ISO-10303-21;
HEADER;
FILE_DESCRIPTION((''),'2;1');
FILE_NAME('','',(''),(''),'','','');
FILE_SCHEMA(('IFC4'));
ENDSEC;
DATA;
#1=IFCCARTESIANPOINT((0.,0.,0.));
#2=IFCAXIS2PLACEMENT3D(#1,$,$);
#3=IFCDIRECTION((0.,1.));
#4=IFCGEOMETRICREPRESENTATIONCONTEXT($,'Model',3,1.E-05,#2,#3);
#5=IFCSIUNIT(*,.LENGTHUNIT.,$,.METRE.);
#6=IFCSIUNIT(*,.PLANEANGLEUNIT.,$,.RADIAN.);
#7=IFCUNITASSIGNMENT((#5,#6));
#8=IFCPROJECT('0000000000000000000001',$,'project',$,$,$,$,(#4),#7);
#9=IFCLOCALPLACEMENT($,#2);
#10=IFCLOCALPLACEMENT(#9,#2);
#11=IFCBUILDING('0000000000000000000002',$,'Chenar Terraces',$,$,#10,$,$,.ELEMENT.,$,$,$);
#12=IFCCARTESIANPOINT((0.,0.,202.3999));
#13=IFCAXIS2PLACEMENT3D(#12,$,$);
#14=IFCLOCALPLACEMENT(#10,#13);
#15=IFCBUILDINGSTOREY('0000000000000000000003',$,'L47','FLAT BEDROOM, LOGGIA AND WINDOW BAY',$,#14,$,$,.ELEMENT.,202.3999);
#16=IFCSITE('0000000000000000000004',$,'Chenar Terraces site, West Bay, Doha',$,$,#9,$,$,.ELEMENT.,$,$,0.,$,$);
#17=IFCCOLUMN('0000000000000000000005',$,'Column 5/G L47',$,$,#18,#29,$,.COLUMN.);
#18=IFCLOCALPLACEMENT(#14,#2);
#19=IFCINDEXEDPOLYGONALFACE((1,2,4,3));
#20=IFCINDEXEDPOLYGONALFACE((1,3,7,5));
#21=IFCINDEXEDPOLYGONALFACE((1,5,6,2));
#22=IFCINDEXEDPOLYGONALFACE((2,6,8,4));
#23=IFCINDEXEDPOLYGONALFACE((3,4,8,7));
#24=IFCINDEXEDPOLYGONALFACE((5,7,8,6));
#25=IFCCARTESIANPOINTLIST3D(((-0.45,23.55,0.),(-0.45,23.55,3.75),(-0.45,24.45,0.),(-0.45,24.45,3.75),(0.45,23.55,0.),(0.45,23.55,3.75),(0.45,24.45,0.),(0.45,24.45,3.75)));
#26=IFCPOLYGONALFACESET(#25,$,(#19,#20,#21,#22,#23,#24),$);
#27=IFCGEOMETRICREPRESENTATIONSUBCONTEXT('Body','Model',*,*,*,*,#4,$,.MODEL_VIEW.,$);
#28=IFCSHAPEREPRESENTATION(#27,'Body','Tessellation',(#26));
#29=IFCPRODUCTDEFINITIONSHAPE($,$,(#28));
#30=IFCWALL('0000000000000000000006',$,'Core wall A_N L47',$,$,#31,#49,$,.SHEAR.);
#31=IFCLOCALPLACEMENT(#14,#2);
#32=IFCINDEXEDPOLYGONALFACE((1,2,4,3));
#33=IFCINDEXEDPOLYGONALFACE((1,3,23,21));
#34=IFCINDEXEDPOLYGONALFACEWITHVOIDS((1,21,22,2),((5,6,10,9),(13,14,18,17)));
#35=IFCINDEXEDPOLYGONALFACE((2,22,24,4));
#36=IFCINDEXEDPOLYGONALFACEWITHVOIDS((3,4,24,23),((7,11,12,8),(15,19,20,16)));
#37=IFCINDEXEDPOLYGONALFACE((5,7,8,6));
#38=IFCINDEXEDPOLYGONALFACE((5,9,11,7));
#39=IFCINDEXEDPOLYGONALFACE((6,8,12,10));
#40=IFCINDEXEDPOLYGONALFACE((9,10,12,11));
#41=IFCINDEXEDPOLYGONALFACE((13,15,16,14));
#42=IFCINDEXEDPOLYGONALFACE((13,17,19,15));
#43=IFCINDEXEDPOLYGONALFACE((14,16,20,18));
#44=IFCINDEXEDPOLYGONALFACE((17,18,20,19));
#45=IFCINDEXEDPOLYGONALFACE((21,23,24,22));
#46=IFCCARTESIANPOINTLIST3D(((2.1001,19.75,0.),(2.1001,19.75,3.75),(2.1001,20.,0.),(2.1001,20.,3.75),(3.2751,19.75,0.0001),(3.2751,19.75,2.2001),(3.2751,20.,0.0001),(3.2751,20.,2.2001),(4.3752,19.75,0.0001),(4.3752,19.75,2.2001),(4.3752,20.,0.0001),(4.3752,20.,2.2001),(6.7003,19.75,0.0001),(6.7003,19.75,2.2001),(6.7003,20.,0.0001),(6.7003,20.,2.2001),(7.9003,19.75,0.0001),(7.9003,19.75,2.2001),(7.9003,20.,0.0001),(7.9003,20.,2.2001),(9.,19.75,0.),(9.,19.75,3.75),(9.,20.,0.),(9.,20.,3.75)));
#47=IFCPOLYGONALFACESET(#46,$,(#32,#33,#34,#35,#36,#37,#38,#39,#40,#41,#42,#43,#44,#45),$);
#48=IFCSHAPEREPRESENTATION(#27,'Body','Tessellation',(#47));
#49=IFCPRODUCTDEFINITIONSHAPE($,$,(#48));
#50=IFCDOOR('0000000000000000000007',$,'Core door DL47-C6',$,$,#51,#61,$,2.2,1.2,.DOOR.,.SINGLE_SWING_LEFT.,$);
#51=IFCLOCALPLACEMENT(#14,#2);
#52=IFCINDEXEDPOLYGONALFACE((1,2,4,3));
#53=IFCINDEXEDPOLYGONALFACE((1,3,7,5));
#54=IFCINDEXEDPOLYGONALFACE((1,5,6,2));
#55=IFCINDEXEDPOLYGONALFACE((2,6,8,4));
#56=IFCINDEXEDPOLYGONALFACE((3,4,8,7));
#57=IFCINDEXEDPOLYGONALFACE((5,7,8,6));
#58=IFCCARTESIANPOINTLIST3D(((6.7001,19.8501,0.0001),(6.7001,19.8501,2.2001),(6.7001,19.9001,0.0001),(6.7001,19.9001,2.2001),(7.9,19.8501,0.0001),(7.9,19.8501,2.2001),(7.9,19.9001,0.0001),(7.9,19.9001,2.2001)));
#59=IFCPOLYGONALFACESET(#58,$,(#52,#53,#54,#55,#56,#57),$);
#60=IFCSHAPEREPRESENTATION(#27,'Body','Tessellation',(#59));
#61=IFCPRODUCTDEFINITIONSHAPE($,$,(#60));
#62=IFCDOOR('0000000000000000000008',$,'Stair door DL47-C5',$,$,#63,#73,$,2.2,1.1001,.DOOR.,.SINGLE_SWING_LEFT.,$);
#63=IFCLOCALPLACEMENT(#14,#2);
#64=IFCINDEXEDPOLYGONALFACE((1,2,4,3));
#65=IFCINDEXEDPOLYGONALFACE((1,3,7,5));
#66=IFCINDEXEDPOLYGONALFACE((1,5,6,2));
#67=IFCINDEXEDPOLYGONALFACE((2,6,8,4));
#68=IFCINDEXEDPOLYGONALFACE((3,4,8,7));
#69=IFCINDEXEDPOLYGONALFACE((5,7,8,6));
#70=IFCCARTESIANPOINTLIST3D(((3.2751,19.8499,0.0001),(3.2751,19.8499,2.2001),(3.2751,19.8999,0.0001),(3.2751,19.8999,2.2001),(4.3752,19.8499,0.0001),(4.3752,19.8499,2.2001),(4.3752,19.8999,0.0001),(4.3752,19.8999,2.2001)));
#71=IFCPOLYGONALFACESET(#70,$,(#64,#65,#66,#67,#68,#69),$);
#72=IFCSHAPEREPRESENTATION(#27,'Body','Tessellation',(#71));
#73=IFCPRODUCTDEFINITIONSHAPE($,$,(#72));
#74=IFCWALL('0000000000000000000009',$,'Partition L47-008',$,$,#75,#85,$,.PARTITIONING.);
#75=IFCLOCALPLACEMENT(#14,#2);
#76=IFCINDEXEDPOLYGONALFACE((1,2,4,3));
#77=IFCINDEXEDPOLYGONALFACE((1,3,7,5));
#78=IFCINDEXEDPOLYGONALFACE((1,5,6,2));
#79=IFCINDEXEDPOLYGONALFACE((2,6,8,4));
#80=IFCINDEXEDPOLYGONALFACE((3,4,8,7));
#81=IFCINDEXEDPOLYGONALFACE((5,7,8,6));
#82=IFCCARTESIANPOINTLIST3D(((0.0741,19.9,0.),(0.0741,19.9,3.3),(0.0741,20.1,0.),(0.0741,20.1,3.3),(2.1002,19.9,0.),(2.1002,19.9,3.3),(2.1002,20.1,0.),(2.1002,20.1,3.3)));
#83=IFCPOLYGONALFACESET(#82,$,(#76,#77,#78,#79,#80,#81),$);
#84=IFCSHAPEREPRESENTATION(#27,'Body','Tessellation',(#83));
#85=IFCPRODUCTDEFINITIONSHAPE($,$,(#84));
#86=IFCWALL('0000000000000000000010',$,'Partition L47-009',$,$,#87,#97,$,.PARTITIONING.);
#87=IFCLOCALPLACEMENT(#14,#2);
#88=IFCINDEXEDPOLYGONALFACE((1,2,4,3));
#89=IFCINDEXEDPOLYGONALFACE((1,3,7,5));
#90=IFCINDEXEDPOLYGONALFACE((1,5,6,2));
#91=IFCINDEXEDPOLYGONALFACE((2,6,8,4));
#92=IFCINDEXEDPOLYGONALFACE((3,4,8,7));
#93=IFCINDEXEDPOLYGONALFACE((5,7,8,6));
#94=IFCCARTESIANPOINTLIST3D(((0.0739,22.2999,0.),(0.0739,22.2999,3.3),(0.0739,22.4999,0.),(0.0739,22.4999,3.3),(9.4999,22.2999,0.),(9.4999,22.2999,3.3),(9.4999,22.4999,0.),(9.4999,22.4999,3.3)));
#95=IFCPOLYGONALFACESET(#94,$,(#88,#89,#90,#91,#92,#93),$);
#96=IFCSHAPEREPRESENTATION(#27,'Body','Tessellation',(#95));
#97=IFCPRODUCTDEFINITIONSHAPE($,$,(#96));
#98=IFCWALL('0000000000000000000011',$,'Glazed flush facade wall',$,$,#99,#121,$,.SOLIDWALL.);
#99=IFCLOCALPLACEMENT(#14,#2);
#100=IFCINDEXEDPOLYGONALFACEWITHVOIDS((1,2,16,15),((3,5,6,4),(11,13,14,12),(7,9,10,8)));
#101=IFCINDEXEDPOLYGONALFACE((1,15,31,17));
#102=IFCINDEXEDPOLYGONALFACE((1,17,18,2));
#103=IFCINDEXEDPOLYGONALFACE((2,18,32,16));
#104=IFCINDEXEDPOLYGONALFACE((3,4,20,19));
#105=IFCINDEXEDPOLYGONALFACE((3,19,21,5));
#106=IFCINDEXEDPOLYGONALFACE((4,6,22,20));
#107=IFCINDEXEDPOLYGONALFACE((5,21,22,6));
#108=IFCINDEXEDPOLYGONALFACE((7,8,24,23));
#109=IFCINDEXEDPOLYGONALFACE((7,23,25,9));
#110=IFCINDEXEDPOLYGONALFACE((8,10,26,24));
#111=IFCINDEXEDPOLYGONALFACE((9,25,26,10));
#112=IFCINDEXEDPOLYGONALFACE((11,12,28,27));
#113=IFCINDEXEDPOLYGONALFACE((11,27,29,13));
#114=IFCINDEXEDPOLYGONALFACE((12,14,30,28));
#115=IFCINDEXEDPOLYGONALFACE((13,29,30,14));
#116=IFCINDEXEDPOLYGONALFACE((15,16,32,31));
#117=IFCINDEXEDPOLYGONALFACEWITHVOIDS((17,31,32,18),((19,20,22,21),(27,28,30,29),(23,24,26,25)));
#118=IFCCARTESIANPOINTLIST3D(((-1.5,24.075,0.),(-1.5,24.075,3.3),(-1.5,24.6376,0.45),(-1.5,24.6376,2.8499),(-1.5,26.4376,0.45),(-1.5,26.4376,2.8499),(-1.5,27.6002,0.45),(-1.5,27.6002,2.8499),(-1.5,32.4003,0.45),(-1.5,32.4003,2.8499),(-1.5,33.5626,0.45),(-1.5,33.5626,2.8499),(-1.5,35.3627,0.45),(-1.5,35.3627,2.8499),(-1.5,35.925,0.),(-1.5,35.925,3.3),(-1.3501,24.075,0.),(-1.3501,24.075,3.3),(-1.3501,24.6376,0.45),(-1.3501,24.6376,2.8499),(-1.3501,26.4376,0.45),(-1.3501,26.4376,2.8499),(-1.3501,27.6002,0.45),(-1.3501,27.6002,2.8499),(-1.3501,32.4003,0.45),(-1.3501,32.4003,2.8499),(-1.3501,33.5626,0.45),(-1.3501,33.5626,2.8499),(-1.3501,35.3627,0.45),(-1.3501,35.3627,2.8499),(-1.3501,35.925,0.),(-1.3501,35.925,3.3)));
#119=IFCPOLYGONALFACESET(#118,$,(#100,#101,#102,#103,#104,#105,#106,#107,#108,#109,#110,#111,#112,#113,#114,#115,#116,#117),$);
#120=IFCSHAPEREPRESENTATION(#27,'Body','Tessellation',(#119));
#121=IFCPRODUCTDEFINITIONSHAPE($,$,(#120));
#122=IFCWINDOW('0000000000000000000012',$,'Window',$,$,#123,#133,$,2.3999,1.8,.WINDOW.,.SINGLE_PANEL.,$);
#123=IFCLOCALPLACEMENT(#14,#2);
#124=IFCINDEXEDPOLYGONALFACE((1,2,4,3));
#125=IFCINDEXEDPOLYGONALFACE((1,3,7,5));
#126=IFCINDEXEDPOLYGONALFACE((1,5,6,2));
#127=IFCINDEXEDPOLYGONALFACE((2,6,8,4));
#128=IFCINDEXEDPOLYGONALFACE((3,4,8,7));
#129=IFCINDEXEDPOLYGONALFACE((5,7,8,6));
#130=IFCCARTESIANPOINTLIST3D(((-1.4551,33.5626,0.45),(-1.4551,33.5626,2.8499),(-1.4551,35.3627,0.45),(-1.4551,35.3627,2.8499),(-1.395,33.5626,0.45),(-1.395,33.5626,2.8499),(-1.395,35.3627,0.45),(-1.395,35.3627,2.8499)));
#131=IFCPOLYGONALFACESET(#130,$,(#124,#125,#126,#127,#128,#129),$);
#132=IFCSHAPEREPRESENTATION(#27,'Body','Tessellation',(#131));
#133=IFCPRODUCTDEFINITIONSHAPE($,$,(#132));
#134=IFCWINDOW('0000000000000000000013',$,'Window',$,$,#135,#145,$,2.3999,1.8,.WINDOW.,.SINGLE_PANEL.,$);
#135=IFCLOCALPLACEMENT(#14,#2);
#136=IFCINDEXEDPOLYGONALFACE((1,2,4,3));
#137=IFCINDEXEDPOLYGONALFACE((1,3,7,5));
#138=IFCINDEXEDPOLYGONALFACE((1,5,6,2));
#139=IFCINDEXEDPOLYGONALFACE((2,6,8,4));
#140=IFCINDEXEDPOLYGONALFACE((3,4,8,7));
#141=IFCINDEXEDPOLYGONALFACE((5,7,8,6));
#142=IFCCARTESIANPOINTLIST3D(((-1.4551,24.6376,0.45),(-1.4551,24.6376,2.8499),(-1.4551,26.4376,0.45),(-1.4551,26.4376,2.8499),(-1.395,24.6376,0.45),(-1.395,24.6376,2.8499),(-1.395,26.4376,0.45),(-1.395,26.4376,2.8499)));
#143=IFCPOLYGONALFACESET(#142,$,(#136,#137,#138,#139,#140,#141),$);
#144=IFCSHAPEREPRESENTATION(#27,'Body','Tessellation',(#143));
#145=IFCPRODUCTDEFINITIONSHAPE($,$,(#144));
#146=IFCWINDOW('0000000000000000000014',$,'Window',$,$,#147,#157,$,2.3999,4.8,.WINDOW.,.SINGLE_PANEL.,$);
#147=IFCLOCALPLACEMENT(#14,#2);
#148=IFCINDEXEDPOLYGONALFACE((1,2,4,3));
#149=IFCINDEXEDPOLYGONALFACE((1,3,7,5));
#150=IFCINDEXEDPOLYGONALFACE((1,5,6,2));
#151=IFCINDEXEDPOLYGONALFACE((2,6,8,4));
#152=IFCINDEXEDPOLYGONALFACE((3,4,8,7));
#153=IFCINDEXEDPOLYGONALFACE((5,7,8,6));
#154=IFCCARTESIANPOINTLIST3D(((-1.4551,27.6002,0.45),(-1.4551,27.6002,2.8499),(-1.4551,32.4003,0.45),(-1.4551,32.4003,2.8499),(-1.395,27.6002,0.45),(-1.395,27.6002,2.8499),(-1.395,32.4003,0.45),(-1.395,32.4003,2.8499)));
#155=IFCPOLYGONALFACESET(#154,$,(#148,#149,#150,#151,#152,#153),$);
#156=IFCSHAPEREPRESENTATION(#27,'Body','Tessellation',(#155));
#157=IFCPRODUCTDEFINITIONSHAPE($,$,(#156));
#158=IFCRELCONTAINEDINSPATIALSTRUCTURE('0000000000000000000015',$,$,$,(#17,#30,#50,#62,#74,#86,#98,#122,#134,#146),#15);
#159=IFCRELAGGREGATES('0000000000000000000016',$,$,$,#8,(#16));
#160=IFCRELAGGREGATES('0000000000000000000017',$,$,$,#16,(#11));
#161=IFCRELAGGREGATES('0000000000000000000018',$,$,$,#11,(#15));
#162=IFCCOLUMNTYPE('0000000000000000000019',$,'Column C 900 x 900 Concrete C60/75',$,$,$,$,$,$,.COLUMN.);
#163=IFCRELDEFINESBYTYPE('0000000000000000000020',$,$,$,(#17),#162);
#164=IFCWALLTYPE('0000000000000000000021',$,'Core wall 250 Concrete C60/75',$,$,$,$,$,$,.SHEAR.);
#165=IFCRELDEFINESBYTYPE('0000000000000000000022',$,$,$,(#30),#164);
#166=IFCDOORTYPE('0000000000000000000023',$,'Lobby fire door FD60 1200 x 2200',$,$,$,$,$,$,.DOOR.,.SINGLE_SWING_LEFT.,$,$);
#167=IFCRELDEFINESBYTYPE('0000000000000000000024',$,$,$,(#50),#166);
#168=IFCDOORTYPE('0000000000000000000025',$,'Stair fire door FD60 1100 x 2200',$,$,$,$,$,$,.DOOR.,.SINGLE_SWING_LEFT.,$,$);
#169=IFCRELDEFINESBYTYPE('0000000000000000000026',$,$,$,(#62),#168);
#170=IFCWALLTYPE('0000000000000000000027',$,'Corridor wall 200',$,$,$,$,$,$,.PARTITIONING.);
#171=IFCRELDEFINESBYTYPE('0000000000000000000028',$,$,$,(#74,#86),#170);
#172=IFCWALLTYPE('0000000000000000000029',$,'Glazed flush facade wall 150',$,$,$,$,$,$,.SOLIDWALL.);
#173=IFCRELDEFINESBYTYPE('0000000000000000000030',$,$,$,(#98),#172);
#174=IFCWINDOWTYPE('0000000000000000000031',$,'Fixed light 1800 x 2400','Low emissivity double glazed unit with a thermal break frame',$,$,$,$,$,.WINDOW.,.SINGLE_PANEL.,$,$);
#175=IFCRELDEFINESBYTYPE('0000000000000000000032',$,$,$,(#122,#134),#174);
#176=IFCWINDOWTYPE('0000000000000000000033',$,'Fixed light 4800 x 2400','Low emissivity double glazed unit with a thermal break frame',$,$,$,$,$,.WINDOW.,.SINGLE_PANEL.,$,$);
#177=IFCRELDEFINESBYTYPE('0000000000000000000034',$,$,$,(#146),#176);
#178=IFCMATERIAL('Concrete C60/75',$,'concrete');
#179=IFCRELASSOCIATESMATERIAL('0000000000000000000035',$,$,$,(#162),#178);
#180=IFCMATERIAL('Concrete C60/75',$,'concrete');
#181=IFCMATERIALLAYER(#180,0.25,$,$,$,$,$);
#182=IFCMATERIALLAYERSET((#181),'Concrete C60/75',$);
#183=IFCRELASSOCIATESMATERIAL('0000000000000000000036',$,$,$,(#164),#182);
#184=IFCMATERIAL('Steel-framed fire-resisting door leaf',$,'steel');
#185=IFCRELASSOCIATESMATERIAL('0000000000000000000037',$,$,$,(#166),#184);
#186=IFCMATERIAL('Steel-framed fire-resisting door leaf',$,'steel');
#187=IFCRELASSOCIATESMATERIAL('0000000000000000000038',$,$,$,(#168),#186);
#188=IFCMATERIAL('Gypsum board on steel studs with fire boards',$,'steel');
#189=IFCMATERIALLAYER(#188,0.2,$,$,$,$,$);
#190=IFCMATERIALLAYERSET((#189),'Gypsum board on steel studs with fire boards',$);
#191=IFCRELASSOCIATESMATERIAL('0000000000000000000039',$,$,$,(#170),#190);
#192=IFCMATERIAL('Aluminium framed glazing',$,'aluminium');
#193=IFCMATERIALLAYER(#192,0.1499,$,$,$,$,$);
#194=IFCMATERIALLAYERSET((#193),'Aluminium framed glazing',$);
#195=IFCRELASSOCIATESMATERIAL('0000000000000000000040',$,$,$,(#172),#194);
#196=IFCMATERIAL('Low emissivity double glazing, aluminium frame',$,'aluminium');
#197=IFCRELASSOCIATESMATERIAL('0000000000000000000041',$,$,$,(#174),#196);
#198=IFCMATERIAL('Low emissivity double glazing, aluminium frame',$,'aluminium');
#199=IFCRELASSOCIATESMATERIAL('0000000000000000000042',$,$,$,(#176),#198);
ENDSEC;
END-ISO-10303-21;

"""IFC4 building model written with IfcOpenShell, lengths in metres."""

from ifc_helpers import new_model, si_unit, direction, frame, frame_2d, origin, origin_2d, place, context, subcontext, project, spatial, rectangle, extrude, material, layer, layer_set, material_profile, profile_set, type_object, element, fill, save


model = new_model("IFC4")

# Units and contexts
model_context = context("Model", 3, precision=1e-05, world=origin(), true_north=direction((0.0, 1.0)))
body_context = subcontext(model_context, "Body", "Model", "MODEL_VIEW")
ifc_project = project(units=[si_unit("LENGTHUNIT", "METRE"), si_unit("PLANEANGLEUNIT", "RADIAN")], contexts=[model_context])

# Site, building, storey
site_placement = place(None, origin())
site = spatial("IfcSite", under=ifc_project, at=site_placement, Name="Chenar Terraces site, West Bay, Doha", CompositionType="ELEMENT", RefElevation=0.0)
building_placement = place(site_placement, origin())
building = spatial("IfcBuilding", under=site, at=building_placement, Name="Chenar Terraces", CompositionType="ELEMENT")
storey_placement = place(building_placement, frame((0.0, 0.0, 202.3999)))
storey = spatial("IfcBuildingStorey", under=building, at=storey_placement, Name="L47", Description="FLAT BEDROOM, LOGGIA AND WINDOW BAY", CompositionType="ELEMENT", Elevation=202.3999)

# Column
ifc_material_1 = material(Name="Concrete C60/75", Category="concrete")
ifc_material_profile = material_profile(ifc_material_1, rectangle(XDim=0.8999, YDim=0.8999, at=origin_2d()), Name="C 900 x 900")
ifc_profile_set = profile_set([ifc_material_profile], Name="Concrete C60/75")
column_type = type_object("IfcColumnType", Name="Column C 900 x 900 Concrete C60/75", PredefinedType="COLUMN", material=ifc_profile_set)
column_placement = place(storey_placement, frame((0.0, 24.0, 0.0), z_axis=(0.0, 0.0, 1.0), x_axis=(1.0, 0.0, 0.0)))
element("IfcColumn", 1, at=column_placement, inside=storey, type_object=column_type, Name="Column 5/G L47", PredefinedType="COLUMN", context=body_context, shape_type="SweptSolid", body=[
    extrude(rectangle(XDim=0.8999, YDim=0.8999, at=origin_2d()), origin(), (0.0, 0.0, 1.0), 3.75),
])

# Wall, openings, doors
ifc_material_2 = material(Name="Concrete C60/75", Category="concrete")
ifc_layer_1 = layer(ifc_material_2, 0.25)
ifc_layer_set_1 = layer_set([ifc_layer_1], Name="Concrete C60/75")
wall_type_1 = type_object("IfcWallType", Name="Core wall 250 Concrete C60/75", PredefinedType="SHEAR", material=ifc_layer_set_1)
wall_1_placement = place(storey_placement, frame((2.1001, 19.875, 0.0), z_axis=(0.0, 0.0, 1.0), x_axis=(1.0, 0.0, 0.0)))
wall_1 = element("IfcWall", 2, at=wall_1_placement, inside=storey, type_object=wall_type_1, Name="Core wall A_N L47", PredefinedType="SHEAR", context=body_context, shape_type="SweptSolid", body=[
    extrude(rectangle(XDim=6.8999, YDim=0.25, at=frame_2d((3.45, 0.0))), origin(), (0.0, 0.0, 1.0), 3.75),
])
opening_1_placement = place(wall_1_placement, frame((1.175, 0.0, 0.0)))
opening_1 = element("IfcOpeningElement", 3, at=opening_1_placement, cuts=wall_1, PredefinedType="OPENING", context=body_context, shape_type="SweptSolid", body=[
    extrude(rectangle(XDim=1.1001, YDim=2.2, at=frame_2d((0.55, 1.1001))), frame((0.0, 0.135, 0.0), z_axis=(0.0, -1.0, 0.0), x_axis=(1.0, 0.0, 0.0)), (0.0, 0.0, 1.0), 0.27),
])
opening_2_placement = place(wall_1_placement, frame((4.6001, 0.0, 0.0)))
opening_2 = element("IfcOpeningElement", 4, at=opening_2_placement, cuts=wall_1, PredefinedType="OPENING", context=body_context, shape_type="SweptSolid", body=[
    extrude(rectangle(XDim=1.2, YDim=2.2, at=frame_2d((0.6001, 1.1001))), frame((0.0, 0.135, 0.0), z_axis=(0.0, -1.0, 0.0), x_axis=(1.0, 0.0, 0.0)), (0.0, 0.0, 1.0), 0.27),
])
ifc_material_3 = material(Name="Steel-framed fire-resisting door leaf", Category="steel")
door_type_1 = type_object("IfcDoorType", Name="Lobby fire door FD60 1200 x 2200", OperationType="SINGLE_SWING_LEFT", PredefinedType="DOOR", material=ifc_material_3)
door_1_placement = place(opening_2_placement, frame((1.2, 0.0, 0.0), z_axis=(0.0, 0.0, 1.0), x_axis=(-1.0, 0.0, 0.0)))
door_1 = element("IfcDoor", 5, at=door_1_placement, inside=storey, type_object=door_type_1, Name="Core door DL47-C6", OperationType="SINGLE_SWING_LEFT", OverallHeight=2.2, OverallWidth=1.2, PredefinedType="DOOR", context=body_context, shape_type="SweptSolid", body=[
    extrude(rectangle(XDim=1.2, YDim=2.2, at=frame_2d((0.6001, 1.1001))), frame((0.0, 0.0249, 0.0), z_axis=(0.0, -1.0, 0.0), x_axis=(1.0, 0.0, 0.0)), (0.0, 0.0, 1.0), 0.05),
])
fill(opening_2, door_1)
ifc_material_4 = material(Name="Steel-framed fire-resisting door leaf", Category="steel")
door_type_2 = type_object("IfcDoorType", Name="Stair fire door FD60 1100 x 2200", OperationType="SINGLE_SWING_LEFT", PredefinedType="DOOR", material=ifc_material_4)
door_2_placement = place(opening_1_placement, origin())
door_2 = element("IfcDoor", 6, at=door_2_placement, inside=storey, type_object=door_type_2, Name="Stair door DL47-C5", OperationType="SINGLE_SWING_LEFT", OverallHeight=2.2, OverallWidth=1.1001, PredefinedType="DOOR", context=body_context, shape_type="SweptSolid", body=[
    extrude(rectangle(XDim=1.1001, YDim=2.2, at=frame_2d((0.55, 1.1001))), frame((0.0, 0.0249, 0.0), z_axis=(0.0, -1.0, 0.0), x_axis=(1.0, 0.0, 0.0)), (0.0, 0.0, 1.0), 0.05),
])
fill(opening_1, door_2)

# Walls
ifc_material_5 = material(Name="Gypsum board on steel studs with fire boards", Category="steel")
ifc_layer_2 = layer(ifc_material_5, 0.2)
ifc_layer_set_2 = layer_set([ifc_layer_2], Name="Gypsum board on steel studs with fire boards")
wall_type_2 = type_object("IfcWallType", Name="Corridor wall 200", PredefinedType="PARTITIONING", material=ifc_layer_set_2)
wall_2_placement = place(storey_placement, frame((0.074, 20.0, 0.0), z_axis=(0.0, 0.0, 1.0), x_axis=(1.0, 0.0, 0.0)))
element("IfcWall", 7, at=wall_2_placement, inside=storey, type_object=wall_type_2, Name="Partition L47-008", PredefinedType="PARTITIONING", context=body_context, shape_type="SweptSolid", body=[
    extrude(rectangle(XDim=2.0261, YDim=0.2, at=frame_2d((1.0132, 0.0))), origin(), (0.0, 0.0, 1.0), 3.3),
])
wall_3_placement = place(storey_placement, frame((0.074, 22.3999, 0.0), z_axis=(0.0, 0.0, 1.0), x_axis=(1.0, 0.0, 0.0)))
element("IfcWall", 8, at=wall_3_placement, inside=storey, type_object=wall_type_2, Name="Partition L47-009", PredefinedType="PARTITIONING", context=body_context, shape_type="SweptSolid", body=[
    extrude(rectangle(XDim=9.426, YDim=0.2, at=frame_2d((4.7129, 0.0))), origin(), (0.0, 0.0, 1.0), 3.3),
])

# Wall, openings, windows
ifc_material_6 = material(Name="Aluminium framed glazing", Category="aluminium")
ifc_layer_3 = layer(ifc_material_6, 0.1499)
ifc_layer_set_3 = layer_set([ifc_layer_3], Name="Aluminium framed glazing")
wall_type_3 = type_object("IfcWallType", Name="Glazed flush facade wall 150", PredefinedType="SOLIDWALL", material=ifc_layer_set_3)
wall_4_placement = place(storey_placement, frame((-1.425, 35.925, 0.0), z_axis=(0.0, 0.0, 1.0), x_axis=(0.0, -1.0, 0.0)))
wall_4 = element("IfcWall", 9, at=wall_4_placement, inside=storey, type_object=wall_type_3, Name="Glazed flush facade wall", PredefinedType="SOLIDWALL", context=body_context, shape_type="SweptSolid", body=[
    extrude(rectangle(XDim=11.8501, YDim=0.1499, at=frame_2d((5.925, 0.0))), origin(), (0.0, 0.0, 1.0), 3.3),
])
opening_3_placement = place(wall_4_placement, frame((0.5625, 0.0, 0.45)))
opening_3 = element("IfcOpeningElement", 10, at=opening_3_placement, cuts=wall_4, PredefinedType="OPENING", context=body_context, shape_type="SweptSolid", body=[
    extrude(rectangle(XDim=1.8, YDim=2.3999, at=frame_2d((0.8999, 1.2))), frame((0.0, 0.085, 0.0), z_axis=(0.0, -1.0, 0.0), x_axis=(1.0, 0.0, 0.0)), (0.0, 0.0, 1.0), 0.1699),
])
opening_4_placement = place(wall_4_placement, frame((3.5249, 0.0, 0.45)))
opening_4 = element("IfcOpeningElement", 11, at=opening_4_placement, cuts=wall_4, PredefinedType="OPENING", context=body_context, shape_type="SweptSolid", body=[
    extrude(rectangle(XDim=4.8, YDim=2.3999, at=frame_2d((2.3999, 1.2))), frame((0.0, 0.085, 0.0), z_axis=(0.0, -1.0, 0.0), x_axis=(1.0, 0.0, 0.0)), (0.0, 0.0, 1.0), 0.1699),
])
opening_5_placement = place(wall_4_placement, frame((9.4875, 0.0, 0.45)))
opening_5 = element("IfcOpeningElement", 12, at=opening_5_placement, cuts=wall_4, PredefinedType="OPENING", context=body_context, shape_type="SweptSolid", body=[
    extrude(rectangle(XDim=1.8, YDim=2.3999, at=frame_2d((0.8999, 1.2))), frame((0.0, 0.085, 0.0), z_axis=(0.0, -1.0, 0.0), x_axis=(1.0, 0.0, 0.0)), (0.0, 0.0, 1.0), 0.1699),
])
ifc_material_7 = material(Name="Low emissivity double glazing, aluminium frame", Category="aluminium")
window_type_1 = type_object("IfcWindowType", Name="Fixed light 1800 x 2400", Description="Low emissivity double glazed unit with a thermal break frame", PartitioningType="SINGLE_PANEL", PredefinedType="WINDOW", material=ifc_material_7)
window_1_placement = place(opening_3_placement, origin())
window_1 = element("IfcWindow", 13, at=window_1_placement, inside=storey, type_object=window_type_1, Name="Window", OverallHeight=2.3999, OverallWidth=1.8, PartitioningType="SINGLE_PANEL", PredefinedType="WINDOW", context=body_context, shape_type="SweptSolid", body=[
    extrude(rectangle(XDim=1.8, YDim=2.3999, at=frame_2d((0.8999, 1.2))), frame((0.0, 0.03, 0.0), z_axis=(0.0, -1.0, 0.0), x_axis=(1.0, 0.0, 0.0)), (0.0, 0.0, 1.0), 0.0601),
])
fill(opening_3, window_1)
window_2_placement = place(opening_5_placement, origin())
window_2 = element("IfcWindow", 14, at=window_2_placement, inside=storey, type_object=window_type_1, Name="Window", OverallHeight=2.3999, OverallWidth=1.8, PartitioningType="SINGLE_PANEL", PredefinedType="WINDOW", context=body_context, shape_type="SweptSolid", body=[
    extrude(rectangle(XDim=1.8, YDim=2.3999, at=frame_2d((0.8999, 1.2))), frame((0.0, 0.03, 0.0), z_axis=(0.0, -1.0, 0.0), x_axis=(1.0, 0.0, 0.0)), (0.0, 0.0, 1.0), 0.0601),
])
fill(opening_5, window_2)
ifc_material_8 = material(Name="Low emissivity double glazing, aluminium frame", Category="aluminium")
window_type_2 = type_object("IfcWindowType", Name="Fixed light 4800 x 2400", Description="Low emissivity double glazed unit with a thermal break frame", PartitioningType="SINGLE_PANEL", PredefinedType="WINDOW", material=ifc_material_8)
window_3_placement = place(opening_4_placement, origin())
window_3 = element("IfcWindow", 15, at=window_3_placement, inside=storey, type_object=window_type_2, Name="Window", OverallHeight=2.3999, OverallWidth=4.8, PartitioningType="SINGLE_PANEL", PredefinedType="WINDOW", context=body_context, shape_type="SweptSolid", body=[
    extrude(rectangle(XDim=4.8, YDim=2.3999, at=frame_2d((2.3999, 1.2))), frame((0.0, 0.03, 0.0), z_axis=(0.0, -1.0, 0.0), x_axis=(1.0, 0.0, 0.0)), (0.0, 0.0, 1.0), 0.0601),
])
fill(opening_4, window_3)

save(model, "model.ifc")
